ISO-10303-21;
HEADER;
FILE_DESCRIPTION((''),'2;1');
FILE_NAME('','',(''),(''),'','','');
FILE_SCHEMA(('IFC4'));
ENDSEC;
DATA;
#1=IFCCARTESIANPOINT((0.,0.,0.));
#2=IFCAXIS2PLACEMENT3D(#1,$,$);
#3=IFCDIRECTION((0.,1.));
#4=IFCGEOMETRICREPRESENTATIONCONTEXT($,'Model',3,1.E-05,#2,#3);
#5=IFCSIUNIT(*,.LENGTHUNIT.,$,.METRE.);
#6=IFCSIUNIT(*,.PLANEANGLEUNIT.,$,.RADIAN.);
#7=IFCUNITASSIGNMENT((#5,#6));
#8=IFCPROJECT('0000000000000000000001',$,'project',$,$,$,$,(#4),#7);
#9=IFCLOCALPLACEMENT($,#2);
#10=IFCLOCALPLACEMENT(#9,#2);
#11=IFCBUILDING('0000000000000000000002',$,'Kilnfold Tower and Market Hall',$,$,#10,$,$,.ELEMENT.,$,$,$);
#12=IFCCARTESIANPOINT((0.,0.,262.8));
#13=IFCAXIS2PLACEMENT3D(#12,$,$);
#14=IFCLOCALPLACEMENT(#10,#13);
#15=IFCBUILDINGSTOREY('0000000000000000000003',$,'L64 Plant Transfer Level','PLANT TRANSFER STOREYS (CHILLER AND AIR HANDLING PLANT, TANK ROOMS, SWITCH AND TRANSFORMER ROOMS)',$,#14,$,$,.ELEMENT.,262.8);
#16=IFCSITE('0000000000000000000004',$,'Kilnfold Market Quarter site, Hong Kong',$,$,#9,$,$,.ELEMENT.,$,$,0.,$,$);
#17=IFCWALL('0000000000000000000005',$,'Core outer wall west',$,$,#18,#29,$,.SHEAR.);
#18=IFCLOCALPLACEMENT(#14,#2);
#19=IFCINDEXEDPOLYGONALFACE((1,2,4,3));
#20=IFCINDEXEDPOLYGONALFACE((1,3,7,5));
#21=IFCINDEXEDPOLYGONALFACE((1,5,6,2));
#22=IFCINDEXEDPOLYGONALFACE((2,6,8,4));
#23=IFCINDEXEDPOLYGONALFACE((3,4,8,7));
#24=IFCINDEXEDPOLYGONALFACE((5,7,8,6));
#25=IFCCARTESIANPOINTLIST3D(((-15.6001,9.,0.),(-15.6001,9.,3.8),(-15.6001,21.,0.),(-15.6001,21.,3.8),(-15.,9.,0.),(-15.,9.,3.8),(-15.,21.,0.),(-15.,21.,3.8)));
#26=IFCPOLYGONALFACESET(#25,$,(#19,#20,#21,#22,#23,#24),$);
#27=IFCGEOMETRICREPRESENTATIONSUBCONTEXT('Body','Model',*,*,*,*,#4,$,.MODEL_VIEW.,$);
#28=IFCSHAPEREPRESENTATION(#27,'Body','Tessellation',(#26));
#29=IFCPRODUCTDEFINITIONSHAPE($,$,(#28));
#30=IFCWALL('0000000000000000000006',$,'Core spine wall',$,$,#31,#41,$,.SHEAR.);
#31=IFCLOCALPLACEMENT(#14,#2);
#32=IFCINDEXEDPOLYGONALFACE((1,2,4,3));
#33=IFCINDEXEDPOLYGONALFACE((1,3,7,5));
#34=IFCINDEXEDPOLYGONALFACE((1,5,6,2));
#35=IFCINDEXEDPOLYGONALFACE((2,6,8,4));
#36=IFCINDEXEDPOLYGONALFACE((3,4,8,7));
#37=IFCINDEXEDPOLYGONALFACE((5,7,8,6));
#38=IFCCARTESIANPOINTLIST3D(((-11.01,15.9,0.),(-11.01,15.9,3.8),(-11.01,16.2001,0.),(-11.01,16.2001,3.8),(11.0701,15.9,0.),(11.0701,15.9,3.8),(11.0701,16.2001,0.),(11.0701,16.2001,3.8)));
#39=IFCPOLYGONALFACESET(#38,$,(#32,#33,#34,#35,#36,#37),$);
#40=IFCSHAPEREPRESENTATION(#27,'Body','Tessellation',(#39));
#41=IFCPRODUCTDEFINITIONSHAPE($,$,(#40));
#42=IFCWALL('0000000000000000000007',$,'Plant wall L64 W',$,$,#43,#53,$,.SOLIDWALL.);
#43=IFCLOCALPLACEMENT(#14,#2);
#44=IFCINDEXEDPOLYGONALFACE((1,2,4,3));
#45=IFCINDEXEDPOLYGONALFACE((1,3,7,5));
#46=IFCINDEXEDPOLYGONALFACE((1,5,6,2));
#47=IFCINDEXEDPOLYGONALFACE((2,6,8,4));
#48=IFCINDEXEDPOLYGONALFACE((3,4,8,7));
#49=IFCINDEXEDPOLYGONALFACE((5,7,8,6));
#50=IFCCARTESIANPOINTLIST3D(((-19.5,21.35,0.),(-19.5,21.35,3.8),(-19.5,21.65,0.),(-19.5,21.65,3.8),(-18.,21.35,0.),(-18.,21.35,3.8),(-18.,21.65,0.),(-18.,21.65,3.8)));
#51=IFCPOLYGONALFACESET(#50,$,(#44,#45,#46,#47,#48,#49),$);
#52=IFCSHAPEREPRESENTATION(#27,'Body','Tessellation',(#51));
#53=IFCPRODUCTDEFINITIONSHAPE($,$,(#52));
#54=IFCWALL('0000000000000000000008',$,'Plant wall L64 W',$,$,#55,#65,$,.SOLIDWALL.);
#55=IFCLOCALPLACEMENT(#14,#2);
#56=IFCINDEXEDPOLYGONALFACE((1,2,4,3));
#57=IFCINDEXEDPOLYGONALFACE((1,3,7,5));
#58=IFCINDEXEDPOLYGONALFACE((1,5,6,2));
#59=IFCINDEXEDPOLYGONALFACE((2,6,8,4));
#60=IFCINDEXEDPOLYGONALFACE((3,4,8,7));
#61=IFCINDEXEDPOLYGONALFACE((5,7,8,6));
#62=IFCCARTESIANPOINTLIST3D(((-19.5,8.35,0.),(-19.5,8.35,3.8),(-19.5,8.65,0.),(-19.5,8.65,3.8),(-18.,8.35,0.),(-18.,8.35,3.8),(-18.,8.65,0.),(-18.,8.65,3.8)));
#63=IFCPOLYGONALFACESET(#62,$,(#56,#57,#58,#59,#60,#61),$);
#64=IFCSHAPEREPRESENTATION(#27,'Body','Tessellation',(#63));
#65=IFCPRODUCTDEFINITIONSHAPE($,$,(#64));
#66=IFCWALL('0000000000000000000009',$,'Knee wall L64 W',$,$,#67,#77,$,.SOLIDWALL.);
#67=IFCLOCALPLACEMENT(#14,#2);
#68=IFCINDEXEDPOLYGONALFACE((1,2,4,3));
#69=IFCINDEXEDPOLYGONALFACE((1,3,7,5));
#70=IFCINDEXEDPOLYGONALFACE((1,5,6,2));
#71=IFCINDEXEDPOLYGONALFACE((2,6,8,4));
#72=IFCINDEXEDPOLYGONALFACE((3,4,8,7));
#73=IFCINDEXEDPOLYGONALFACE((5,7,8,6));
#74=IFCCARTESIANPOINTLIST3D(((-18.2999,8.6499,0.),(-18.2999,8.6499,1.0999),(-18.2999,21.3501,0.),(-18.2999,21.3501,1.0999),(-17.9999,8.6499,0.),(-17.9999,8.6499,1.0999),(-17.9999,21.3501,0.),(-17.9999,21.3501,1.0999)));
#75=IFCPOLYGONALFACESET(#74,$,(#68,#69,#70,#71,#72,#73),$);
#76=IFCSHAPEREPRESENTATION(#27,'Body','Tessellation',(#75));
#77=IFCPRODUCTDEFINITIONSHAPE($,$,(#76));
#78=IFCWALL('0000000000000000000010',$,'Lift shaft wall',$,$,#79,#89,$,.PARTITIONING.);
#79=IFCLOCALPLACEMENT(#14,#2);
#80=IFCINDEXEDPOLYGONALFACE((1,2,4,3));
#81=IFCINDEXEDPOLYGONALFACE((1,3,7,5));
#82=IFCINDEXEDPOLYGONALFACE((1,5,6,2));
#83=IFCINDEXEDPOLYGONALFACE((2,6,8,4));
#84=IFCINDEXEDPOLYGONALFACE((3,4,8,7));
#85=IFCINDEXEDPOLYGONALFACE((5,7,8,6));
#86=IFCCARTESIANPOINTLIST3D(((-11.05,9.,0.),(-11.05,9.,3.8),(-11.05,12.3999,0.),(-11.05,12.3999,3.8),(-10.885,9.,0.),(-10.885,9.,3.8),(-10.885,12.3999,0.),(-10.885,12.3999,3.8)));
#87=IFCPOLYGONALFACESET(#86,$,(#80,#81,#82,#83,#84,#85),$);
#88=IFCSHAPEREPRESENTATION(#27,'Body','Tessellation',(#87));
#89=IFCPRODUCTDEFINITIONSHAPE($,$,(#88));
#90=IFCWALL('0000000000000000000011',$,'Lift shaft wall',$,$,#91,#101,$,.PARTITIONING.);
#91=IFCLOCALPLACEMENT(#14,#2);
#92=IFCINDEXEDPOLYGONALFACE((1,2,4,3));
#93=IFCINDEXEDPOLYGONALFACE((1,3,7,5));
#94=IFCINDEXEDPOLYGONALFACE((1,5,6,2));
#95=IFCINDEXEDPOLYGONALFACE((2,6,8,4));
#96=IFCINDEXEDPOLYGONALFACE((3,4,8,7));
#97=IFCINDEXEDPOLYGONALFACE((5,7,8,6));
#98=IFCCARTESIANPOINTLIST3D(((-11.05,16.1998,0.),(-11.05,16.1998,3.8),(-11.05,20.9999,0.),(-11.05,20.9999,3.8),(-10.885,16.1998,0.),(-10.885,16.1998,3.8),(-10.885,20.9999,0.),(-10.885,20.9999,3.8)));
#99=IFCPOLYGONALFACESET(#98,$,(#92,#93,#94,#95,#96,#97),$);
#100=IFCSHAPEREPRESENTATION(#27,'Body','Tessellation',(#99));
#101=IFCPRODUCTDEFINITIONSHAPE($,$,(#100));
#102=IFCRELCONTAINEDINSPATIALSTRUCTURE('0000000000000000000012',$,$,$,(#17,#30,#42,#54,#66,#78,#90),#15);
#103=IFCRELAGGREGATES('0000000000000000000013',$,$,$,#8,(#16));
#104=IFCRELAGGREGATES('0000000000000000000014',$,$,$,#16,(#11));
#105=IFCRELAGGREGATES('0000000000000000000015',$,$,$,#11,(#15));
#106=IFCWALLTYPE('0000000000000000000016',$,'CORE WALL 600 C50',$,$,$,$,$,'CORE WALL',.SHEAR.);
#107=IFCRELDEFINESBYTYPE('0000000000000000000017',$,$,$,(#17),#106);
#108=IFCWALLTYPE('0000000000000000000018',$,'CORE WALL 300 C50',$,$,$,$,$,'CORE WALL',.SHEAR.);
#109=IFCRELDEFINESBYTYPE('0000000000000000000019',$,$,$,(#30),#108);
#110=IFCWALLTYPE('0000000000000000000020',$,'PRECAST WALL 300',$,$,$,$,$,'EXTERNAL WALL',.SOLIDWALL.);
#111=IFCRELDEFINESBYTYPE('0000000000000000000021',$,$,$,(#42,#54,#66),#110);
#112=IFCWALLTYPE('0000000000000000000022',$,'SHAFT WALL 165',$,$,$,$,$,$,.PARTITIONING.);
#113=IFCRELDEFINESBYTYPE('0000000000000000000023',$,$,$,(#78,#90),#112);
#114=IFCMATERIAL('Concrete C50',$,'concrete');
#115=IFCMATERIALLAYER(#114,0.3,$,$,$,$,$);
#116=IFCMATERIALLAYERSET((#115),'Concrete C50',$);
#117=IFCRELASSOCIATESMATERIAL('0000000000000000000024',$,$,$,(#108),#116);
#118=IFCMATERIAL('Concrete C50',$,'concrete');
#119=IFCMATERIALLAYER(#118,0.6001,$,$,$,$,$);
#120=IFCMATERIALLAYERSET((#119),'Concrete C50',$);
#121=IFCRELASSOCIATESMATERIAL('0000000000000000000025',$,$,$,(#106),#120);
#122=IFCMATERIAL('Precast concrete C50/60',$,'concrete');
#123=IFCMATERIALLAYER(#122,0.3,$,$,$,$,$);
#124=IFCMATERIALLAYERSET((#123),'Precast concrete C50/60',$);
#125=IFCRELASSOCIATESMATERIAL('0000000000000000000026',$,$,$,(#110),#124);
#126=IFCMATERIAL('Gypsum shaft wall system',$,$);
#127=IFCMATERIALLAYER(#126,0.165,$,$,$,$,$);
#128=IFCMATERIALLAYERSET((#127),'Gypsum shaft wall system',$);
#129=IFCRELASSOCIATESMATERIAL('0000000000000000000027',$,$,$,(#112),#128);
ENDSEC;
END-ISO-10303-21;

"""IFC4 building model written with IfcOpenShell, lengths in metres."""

from ifc_helpers import new_model, si_unit, direction, frame, frame_2d, origin, place, context, subcontext, project, spatial, rectangle, extrude, source, transform, mapped, material, layer, layer_set, type_object, element, save


model = new_model("IFC4")

# Units and contexts
model_context = context("Model", 3, precision=1e-05, world=origin(), true_north=direction((0.0, 1.0)))
body_context = subcontext(model_context, "Body", "Model", "MODEL_VIEW")
ifc_project = project(units=[si_unit("LENGTHUNIT", "METRE"), si_unit("PLANEANGLEUNIT", "RADIAN")], contexts=[model_context])

# Site, building, storey
site_placement = place(None, origin())
site = spatial("IfcSite", under=ifc_project, at=site_placement, Name="Kilnfold Market Quarter site, Hong Kong", CompositionType="ELEMENT", RefElevation=0.0)
building_placement = place(site_placement, origin())
building = spatial("IfcBuilding", under=site, at=building_placement, Name="Kilnfold Tower and Market Hall", CompositionType="ELEMENT")
storey_placement = place(building_placement, frame((0.0, 0.0, 262.8)))
storey = spatial("IfcBuildingStorey", under=building, at=storey_placement, Name="L64 Plant Transfer Level", Description="PLANT TRANSFER STOREYS (CHILLER AND AIR HANDLING PLANT, TANK ROOMS, SWITCH AND TRANSFORMER ROOMS)", CompositionType="ELEMENT", Elevation=262.8)

# Shared definitions
ifc_material_1 = material(Name="Concrete C50", Category="concrete")
ifc_layer_1 = layer(ifc_material_1, 0.3)
ifc_layer_set_1 = layer_set([ifc_layer_1], Name="Concrete C50")
wall_type_1 = type_object("IfcWallType", Name="CORE WALL 300 C50", ElementType="CORE WALL", PredefinedType="SHEAR", material=ifc_layer_set_1)

# Shared definitions
ifc_material_2 = material(Name="Concrete C50", Category="concrete")
ifc_layer_2 = layer(ifc_material_2, 0.6001)
ifc_layer_set_2 = layer_set([ifc_layer_2], Name="Concrete C50")
wall_type_2 = type_object("IfcWallType", Name="CORE WALL 600 C50", ElementType="CORE WALL", PredefinedType="SHEAR", material=ifc_layer_set_2)

# Walls
shared_shape_1 = source(origin(), body_context, "Body", "SweptSolid", [
    extrude(rectangle(XDim=12.0, YDim=0.6001, at=frame_2d((6.0, 0.0))), origin(), (0.0, 0.0, 1.0), 3.8),
])
wall_1_placement = place(storey_placement, frame((-15.3, 9.0, 0.0), z_axis=(0.0, 0.0, 1.0), x_axis=(0.0, 1.0, 0.0)))
element("IfcWall", 1, at=wall_1_placement, inside=storey, type_object=wall_type_2, Name="Core outer wall west", PredefinedType="SHEAR", context=body_context, shape_type="MappedRepresentation", body=[
    mapped(shared_shape_1, transform((0.0, 0.0, 0.0))),
])
shared_shape_2 = source(origin(), body_context, "Body", "SweptSolid", [
    extrude(rectangle(XDim=22.0801, YDim=0.3, at=frame_2d((11.04, 0.0))), origin(), (0.0, 0.0, 1.0), 3.8),
])
wall_2_placement = place(storey_placement, frame((-11.01, 16.05, 0.0), z_axis=(0.0, 0.0, 1.0), x_axis=(1.0, 0.0, 0.0)))
element("IfcWall", 2, at=wall_2_placement, inside=storey, type_object=wall_type_1, Name="Core spine wall", PredefinedType="SHEAR", context=body_context, shape_type="MappedRepresentation", body=[
    mapped(shared_shape_2, transform((0.0, 0.0, 0.0))),
])
ifc_material_3 = material(Name="Precast concrete C50/60", Category="concrete")
ifc_layer_3 = layer(ifc_material_3, 0.3)
ifc_layer_set_3 = layer_set([ifc_layer_3], Name="Precast concrete C50/60")
wall_type_3 = type_object("IfcWallType", Name="PRECAST WALL 300", ElementType="EXTERNAL WALL", PredefinedType="SOLIDWALL", material=ifc_layer_set_3)
shared_shape_3 = source(origin(), body_context, "Body", "SweptSolid", [
    extrude(rectangle(XDim=1.5, YDim=0.3, at=frame_2d((0.75, 0.0))), origin(), (0.0, 0.0, 1.0), 3.8),
])
for number, where, z_axis, x_axis, name in (
    (3, (-19.5, 21.5, 0.0), (0.0, 0.0, 1.0), (1.0, 0.0, 0.0), "Plant wall L64 W"),
    (4, (-19.5, 8.5, 0.0), (0.0, 0.0, 1.0), (1.0, 0.0, 0.0), "Plant wall L64 W"),
):
    element("IfcWall", number, at=place(storey_placement, frame(where, z_axis=z_axis, x_axis=x_axis)), inside=storey, type_object=wall_type_3, Name=name, PredefinedType="SOLIDWALL", context=body_context, shape_type="MappedRepresentation", body=[
        mapped(shared_shape_3, transform((0.0, 0.0, 0.0))),
    ])
shared_shape_4 = source(origin(), body_context, "Body", "SweptSolid", [
    extrude(rectangle(XDim=12.7002, YDim=0.3, at=frame_2d((6.3501, 0.0))), origin(), (0.0, 0.0, 1.0), 1.0999),
])
wall_3_placement = place(storey_placement, frame((-18.1499, 21.3501, 0.0), z_axis=(0.0, 0.0, 1.0), x_axis=(0.0, -1.0, 0.0)))
element("IfcWall", 5, at=wall_3_placement, inside=storey, type_object=wall_type_3, Name="Knee wall L64 W", PredefinedType="SOLIDWALL", context=body_context, shape_type="MappedRepresentation", body=[
    mapped(shared_shape_4, transform((0.0, 0.0, 0.0))),
])
ifc_material_4 = material(Name="Gypsum shaft wall system")
ifc_layer_4 = layer(ifc_material_4, 0.165)
ifc_layer_set_4 = layer_set([ifc_layer_4], Name="Gypsum shaft wall system")
wall_type_4 = type_object("IfcWallType", Name="SHAFT WALL 165", PredefinedType="PARTITIONING", material=ifc_layer_set_4)
shared_shape_5 = source(origin(), body_context, "Body", "SweptSolid", [
    extrude(rectangle(XDim=3.3999, YDim=0.165, at=frame_2d((1.7, 0.0))), origin(), (0.0, 0.0, 1.0), 3.8),
])
wall_4_placement = place(storey_placement, frame((-10.9675, 9.0, 0.0), z_axis=(0.0, 0.0, 1.0), x_axis=(0.0, 1.0, 0.0)))
element("IfcWall", 6, at=wall_4_placement, inside=storey, type_object=wall_type_4, Name="Lift shaft wall", PredefinedType="PARTITIONING", context=body_context, shape_type="MappedRepresentation", body=[
    mapped(shared_shape_5, transform((0.0, 0.0, 0.0))),
])
shared_shape_6 = source(origin(), body_context, "Body", "SweptSolid", [
    extrude(rectangle(XDim=4.8, YDim=0.165, at=frame_2d((2.3999, 0.0))), origin(), (0.0, 0.0, 1.0), 3.8),
])
wall_5_placement = place(storey_placement, frame((-10.9675, 16.2, 0.0), z_axis=(0.0, 0.0, 1.0), x_axis=(0.0, 1.0, 0.0)))
element("IfcWall", 7, at=wall_5_placement, inside=storey, type_object=wall_type_4, Name="Lift shaft wall", PredefinedType="PARTITIONING", context=body_context, shape_type="MappedRepresentation", body=[
    mapped(shared_shape_6, transform((0.0, 0.0, 0.0))),
])

save(model, "model.ifc")
